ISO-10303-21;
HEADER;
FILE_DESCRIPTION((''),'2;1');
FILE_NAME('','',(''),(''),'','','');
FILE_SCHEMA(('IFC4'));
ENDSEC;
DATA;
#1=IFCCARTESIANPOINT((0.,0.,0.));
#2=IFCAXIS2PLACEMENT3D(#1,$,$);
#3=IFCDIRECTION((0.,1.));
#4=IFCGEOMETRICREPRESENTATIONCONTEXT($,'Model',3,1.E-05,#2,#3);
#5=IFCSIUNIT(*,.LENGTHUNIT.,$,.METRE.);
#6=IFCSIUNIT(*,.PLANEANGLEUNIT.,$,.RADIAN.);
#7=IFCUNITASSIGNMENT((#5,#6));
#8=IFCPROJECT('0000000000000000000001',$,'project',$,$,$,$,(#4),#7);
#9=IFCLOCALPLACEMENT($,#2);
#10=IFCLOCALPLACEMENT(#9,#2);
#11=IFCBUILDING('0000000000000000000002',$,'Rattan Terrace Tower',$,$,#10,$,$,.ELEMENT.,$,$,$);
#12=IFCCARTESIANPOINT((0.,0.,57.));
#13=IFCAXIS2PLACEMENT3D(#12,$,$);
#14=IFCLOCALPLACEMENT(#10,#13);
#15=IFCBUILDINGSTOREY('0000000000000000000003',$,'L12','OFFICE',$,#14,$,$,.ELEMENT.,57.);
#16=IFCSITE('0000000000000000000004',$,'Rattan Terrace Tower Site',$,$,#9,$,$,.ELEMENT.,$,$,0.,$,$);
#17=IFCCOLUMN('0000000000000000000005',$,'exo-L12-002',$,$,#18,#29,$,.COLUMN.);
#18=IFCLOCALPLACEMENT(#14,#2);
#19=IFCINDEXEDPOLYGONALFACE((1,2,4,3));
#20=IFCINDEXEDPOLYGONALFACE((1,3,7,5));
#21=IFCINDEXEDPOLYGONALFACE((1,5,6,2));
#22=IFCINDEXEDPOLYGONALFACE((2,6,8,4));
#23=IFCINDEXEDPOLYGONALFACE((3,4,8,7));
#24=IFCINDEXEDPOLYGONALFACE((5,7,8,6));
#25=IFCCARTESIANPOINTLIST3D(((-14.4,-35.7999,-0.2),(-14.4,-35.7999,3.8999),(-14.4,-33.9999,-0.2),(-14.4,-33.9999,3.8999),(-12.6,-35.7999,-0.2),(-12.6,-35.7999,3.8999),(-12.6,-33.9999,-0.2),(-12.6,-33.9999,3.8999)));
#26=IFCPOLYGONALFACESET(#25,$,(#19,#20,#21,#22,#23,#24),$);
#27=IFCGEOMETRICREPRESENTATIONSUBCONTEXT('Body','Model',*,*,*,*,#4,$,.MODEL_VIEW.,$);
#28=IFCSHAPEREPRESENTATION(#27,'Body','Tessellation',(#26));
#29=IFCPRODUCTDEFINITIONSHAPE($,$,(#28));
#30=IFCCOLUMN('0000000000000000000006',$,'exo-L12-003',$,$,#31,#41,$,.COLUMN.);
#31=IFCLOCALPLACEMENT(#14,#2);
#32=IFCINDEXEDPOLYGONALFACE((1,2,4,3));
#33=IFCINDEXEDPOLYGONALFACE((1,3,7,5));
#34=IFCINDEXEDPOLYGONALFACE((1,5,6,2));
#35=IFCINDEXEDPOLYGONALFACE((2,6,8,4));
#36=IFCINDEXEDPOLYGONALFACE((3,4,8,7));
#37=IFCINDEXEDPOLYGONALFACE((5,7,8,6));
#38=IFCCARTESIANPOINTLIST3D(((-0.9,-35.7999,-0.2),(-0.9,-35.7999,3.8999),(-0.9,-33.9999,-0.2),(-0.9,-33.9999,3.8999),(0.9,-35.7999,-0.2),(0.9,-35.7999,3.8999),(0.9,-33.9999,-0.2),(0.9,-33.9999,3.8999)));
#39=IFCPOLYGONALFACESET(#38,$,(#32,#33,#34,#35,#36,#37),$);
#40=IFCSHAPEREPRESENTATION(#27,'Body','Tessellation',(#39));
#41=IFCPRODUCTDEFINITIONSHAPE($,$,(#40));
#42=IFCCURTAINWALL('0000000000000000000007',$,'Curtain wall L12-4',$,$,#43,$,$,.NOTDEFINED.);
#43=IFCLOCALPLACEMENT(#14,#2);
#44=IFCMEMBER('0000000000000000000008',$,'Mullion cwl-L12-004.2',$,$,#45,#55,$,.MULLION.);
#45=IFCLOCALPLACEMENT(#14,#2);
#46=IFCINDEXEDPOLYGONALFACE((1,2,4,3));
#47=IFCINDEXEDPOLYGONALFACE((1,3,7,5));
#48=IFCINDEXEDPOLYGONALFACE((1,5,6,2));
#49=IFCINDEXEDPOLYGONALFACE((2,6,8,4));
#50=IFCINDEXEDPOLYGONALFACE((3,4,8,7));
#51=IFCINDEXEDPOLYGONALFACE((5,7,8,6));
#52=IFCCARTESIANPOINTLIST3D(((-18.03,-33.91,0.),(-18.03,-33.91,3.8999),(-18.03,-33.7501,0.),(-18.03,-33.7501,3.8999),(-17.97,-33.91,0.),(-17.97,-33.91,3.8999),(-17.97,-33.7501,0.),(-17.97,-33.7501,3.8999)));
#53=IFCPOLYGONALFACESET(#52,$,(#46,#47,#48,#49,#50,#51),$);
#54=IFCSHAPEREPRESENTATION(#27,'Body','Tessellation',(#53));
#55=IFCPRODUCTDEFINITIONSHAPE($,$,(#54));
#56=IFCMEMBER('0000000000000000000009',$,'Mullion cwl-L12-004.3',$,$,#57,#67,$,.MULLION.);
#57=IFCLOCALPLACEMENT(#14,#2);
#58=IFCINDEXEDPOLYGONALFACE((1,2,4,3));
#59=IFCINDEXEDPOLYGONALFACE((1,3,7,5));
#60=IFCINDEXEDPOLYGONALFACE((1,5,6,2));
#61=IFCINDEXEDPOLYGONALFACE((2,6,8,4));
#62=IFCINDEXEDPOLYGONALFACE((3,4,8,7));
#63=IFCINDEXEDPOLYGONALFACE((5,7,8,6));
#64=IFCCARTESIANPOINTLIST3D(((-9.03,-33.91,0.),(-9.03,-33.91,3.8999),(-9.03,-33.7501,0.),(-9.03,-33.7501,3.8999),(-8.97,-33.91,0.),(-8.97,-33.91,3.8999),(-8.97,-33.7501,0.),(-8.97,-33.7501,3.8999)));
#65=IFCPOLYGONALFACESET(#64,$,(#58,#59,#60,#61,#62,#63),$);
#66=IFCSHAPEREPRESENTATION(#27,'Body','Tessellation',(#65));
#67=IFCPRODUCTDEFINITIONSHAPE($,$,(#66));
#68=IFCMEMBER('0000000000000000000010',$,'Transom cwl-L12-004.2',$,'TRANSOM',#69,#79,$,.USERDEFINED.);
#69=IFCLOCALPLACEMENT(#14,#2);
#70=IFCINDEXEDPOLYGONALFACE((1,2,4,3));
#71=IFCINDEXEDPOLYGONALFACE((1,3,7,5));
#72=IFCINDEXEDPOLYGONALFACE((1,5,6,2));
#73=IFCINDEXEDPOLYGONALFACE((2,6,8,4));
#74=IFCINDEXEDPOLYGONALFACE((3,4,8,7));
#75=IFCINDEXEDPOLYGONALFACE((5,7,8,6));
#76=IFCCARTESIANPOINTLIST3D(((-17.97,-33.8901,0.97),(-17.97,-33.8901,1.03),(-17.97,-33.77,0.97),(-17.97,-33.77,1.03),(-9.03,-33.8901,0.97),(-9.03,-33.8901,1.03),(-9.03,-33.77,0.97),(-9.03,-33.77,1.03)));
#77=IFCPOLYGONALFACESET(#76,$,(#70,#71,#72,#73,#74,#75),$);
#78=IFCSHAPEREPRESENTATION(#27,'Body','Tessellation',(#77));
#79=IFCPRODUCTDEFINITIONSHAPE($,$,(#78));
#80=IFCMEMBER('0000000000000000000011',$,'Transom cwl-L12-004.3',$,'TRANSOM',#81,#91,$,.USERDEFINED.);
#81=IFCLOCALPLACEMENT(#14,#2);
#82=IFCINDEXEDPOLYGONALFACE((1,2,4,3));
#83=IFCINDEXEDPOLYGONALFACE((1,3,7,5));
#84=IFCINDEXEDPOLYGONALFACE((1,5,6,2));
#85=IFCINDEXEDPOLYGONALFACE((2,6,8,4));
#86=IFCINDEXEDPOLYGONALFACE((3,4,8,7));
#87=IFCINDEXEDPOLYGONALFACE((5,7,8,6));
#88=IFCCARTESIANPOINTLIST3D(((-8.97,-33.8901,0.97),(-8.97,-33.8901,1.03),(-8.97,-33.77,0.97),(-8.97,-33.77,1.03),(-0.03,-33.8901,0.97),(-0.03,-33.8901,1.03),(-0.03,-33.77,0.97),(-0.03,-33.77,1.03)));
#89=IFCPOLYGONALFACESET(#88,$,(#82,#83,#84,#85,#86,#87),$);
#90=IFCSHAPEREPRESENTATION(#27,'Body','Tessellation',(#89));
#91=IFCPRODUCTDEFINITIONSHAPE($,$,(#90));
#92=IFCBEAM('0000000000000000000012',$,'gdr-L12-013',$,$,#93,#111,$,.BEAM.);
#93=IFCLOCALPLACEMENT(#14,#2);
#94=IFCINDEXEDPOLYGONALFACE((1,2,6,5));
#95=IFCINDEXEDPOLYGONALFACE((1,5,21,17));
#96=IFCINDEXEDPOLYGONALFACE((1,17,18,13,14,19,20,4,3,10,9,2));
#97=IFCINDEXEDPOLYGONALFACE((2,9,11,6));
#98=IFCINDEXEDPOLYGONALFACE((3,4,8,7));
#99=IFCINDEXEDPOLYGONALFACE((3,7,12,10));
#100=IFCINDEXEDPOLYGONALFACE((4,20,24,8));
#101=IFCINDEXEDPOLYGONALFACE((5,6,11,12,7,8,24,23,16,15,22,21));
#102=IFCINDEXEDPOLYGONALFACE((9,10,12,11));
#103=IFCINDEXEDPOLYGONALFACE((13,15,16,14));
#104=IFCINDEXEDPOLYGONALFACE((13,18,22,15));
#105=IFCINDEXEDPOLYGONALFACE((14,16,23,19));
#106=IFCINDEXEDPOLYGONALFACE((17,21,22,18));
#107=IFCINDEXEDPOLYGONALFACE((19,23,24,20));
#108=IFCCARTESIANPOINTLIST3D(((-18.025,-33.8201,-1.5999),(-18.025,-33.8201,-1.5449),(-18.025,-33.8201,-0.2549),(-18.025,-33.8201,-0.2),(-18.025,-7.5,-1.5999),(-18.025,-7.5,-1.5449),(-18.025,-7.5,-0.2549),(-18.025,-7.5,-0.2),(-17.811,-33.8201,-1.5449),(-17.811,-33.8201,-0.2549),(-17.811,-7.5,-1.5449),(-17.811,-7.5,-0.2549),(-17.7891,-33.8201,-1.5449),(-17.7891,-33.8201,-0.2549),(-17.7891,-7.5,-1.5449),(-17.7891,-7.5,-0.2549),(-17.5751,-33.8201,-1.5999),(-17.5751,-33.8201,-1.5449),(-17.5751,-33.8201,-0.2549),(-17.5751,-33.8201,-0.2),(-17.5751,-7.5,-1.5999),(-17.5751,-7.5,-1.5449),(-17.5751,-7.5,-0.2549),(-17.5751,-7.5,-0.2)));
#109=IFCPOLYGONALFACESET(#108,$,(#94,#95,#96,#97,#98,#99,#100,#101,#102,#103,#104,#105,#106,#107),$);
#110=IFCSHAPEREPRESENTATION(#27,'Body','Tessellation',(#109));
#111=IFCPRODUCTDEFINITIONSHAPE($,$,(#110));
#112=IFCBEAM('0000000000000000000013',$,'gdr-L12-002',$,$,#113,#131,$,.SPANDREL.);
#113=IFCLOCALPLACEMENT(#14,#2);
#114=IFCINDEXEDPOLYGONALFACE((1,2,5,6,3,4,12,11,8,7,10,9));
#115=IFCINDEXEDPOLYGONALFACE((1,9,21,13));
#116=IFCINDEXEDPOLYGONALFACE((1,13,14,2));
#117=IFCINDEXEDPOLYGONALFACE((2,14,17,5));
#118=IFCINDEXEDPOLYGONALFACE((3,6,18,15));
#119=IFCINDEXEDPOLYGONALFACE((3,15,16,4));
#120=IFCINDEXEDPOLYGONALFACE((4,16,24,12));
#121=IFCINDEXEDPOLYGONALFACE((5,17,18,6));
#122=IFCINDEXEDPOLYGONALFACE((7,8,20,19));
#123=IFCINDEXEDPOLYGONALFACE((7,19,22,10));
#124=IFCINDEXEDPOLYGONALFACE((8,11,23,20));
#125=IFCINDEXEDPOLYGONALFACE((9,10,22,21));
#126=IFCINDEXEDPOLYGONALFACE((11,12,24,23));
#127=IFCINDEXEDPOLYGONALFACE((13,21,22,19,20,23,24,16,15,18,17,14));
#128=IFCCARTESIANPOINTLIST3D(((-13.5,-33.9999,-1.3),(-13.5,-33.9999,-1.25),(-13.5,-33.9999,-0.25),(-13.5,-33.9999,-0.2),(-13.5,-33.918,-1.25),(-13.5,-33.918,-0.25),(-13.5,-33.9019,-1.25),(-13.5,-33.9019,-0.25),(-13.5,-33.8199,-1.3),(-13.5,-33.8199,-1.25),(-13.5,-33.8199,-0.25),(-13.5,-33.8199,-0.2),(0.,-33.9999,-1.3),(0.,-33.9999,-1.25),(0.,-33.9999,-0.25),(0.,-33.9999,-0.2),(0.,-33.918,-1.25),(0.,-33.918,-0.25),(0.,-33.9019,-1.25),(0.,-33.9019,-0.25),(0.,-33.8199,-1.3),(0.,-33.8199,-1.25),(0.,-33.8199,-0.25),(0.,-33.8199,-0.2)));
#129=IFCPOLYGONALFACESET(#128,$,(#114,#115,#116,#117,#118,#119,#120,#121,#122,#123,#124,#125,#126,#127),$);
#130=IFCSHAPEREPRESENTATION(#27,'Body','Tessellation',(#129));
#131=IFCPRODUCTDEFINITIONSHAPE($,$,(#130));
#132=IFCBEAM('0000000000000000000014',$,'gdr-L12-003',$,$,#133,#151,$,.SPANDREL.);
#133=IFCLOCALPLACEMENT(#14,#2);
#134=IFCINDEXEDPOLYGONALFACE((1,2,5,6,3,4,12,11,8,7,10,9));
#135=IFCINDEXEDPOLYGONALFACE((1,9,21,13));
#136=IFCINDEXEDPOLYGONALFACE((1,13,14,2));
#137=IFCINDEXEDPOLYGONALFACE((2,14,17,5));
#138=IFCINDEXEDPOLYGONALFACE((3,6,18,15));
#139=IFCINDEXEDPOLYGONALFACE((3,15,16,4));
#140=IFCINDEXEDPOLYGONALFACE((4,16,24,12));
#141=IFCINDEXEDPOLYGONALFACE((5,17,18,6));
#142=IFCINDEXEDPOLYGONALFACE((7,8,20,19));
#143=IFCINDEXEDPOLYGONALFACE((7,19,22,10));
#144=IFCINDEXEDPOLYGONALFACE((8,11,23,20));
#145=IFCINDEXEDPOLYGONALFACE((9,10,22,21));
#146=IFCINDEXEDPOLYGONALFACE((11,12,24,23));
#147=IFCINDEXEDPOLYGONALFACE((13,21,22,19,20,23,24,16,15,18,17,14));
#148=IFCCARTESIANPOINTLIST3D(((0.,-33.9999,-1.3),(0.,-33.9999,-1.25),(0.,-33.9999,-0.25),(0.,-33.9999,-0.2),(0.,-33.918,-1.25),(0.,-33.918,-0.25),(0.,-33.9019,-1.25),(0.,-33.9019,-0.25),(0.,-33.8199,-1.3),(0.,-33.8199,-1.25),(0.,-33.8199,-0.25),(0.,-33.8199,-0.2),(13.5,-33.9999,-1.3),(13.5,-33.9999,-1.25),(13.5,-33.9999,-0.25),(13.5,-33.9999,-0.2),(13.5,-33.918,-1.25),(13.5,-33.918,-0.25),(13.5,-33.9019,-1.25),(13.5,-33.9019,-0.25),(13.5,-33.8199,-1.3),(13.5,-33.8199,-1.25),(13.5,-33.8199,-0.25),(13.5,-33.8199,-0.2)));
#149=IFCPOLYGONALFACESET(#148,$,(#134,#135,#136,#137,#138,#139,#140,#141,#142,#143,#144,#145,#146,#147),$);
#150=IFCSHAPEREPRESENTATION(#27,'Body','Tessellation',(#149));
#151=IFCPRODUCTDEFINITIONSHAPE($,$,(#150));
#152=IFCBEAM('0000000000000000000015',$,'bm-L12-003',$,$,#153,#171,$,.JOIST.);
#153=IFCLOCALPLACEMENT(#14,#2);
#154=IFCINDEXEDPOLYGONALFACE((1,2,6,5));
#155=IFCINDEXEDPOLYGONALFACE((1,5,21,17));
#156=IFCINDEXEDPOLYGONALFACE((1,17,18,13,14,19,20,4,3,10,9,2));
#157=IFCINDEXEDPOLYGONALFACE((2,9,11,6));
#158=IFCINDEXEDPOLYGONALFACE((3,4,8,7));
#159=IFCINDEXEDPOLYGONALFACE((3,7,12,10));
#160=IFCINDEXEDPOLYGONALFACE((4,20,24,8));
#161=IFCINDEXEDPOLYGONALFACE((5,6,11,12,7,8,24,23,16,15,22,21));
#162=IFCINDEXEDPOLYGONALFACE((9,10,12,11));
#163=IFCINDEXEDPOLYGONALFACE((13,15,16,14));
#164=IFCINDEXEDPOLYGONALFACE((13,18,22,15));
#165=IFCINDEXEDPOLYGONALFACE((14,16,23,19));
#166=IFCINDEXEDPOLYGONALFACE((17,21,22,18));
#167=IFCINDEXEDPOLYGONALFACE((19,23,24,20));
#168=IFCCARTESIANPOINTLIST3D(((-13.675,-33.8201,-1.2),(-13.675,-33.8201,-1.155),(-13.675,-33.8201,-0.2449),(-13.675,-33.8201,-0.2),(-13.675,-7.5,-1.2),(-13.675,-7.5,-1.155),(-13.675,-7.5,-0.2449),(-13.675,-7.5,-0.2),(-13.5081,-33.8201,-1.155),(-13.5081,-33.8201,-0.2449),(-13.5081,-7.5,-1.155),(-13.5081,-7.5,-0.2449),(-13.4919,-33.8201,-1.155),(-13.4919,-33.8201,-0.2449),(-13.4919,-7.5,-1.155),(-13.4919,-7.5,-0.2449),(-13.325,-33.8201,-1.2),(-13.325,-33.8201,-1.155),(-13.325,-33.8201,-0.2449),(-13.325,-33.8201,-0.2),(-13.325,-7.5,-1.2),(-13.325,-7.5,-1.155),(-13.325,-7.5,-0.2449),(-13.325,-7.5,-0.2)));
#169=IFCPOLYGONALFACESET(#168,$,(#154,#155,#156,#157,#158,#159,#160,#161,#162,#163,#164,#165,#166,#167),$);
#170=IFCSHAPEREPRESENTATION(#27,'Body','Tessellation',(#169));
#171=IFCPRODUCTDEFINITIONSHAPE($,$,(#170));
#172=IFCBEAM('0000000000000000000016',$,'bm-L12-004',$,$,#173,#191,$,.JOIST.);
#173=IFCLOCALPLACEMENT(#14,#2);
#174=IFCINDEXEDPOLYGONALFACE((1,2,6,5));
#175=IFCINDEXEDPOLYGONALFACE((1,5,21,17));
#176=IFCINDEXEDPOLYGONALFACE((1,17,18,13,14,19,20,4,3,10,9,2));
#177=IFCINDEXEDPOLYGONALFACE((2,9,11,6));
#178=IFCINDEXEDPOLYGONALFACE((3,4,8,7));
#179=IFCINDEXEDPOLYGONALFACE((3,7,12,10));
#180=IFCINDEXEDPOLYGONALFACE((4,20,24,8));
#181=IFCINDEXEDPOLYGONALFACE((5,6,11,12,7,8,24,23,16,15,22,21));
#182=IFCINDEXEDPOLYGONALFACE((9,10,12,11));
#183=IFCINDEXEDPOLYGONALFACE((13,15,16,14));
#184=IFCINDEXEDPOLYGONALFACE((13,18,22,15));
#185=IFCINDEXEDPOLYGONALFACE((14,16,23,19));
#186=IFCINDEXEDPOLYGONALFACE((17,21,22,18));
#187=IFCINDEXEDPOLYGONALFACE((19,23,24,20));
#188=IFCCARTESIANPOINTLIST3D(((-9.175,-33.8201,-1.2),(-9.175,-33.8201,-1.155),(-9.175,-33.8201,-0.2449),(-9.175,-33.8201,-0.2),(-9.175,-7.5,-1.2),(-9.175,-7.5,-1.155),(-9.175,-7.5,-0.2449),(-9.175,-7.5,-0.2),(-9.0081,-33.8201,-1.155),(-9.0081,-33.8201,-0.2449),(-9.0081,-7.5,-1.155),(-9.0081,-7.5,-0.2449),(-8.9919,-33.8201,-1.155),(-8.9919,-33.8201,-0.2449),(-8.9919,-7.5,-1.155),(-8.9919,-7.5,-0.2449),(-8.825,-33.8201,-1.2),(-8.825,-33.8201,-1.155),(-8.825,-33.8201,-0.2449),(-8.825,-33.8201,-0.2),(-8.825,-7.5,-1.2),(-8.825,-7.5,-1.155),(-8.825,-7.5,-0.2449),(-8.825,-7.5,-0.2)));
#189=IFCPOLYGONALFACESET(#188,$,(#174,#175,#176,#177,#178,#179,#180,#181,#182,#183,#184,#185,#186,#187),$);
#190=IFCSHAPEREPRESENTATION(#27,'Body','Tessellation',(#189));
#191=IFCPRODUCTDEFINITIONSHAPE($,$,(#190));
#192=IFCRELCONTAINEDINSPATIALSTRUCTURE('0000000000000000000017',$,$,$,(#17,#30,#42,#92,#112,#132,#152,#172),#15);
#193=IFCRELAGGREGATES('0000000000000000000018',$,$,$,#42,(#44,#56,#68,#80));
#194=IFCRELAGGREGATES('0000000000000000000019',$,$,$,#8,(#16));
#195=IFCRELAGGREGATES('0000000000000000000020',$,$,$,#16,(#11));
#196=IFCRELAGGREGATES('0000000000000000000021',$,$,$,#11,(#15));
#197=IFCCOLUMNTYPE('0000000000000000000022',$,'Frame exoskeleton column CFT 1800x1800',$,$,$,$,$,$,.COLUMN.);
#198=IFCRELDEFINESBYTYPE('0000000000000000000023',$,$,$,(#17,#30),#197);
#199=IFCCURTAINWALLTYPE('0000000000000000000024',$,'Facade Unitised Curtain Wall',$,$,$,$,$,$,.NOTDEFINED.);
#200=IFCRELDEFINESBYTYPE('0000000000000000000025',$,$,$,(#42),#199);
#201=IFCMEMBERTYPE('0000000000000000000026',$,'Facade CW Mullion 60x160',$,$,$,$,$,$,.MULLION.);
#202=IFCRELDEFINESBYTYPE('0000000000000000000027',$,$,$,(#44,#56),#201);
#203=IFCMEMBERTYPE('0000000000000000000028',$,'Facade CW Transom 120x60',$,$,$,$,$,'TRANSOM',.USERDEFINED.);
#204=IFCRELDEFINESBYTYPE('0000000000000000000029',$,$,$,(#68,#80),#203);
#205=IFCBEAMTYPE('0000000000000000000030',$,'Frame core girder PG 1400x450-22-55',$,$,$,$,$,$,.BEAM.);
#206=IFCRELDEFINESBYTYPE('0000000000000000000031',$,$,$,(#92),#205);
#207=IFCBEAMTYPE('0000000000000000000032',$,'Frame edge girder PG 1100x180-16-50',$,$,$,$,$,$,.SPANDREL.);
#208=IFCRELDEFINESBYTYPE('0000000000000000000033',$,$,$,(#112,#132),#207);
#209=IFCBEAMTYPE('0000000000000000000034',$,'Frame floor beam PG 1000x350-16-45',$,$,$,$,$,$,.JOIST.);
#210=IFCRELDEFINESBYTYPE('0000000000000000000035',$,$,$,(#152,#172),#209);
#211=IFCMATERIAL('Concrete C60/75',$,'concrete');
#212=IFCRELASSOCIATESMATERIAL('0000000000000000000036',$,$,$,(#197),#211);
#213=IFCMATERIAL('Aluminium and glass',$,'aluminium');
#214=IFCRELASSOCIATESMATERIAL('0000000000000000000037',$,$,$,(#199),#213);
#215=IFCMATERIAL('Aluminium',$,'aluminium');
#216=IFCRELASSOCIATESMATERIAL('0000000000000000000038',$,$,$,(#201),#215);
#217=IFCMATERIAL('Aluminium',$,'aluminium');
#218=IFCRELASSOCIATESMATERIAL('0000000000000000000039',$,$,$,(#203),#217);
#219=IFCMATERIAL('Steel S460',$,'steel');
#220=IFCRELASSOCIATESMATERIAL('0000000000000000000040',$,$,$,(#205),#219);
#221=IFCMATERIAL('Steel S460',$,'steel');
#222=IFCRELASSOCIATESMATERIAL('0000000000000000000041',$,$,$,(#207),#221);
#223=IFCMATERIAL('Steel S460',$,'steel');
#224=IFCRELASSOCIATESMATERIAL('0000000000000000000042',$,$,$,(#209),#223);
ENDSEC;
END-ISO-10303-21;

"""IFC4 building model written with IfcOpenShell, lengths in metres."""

from ifc_helpers import new_model, si_unit, direction, frame, origin, origin_2d, place, context, subcontext, project, spatial, rectangle, i_section, extrude, material, material_profile, profile_set, type_object, element, aggregate, save


model = new_model("IFC4")

# Units and contexts
model_context = context("Model", 3, precision=1e-05, world=origin(), true_north=direction((0.0, 1.0)))
body_context = subcontext(model_context, "Body", "Model", "MODEL_VIEW")
ifc_project = project(units=[si_unit("LENGTHUNIT", "METRE"), si_unit("PLANEANGLEUNIT", "RADIAN")], contexts=[model_context])

# Site, building, storey
site_placement = place(None, origin())
site = spatial("IfcSite", under=ifc_project, at=site_placement, Name="Rattan Terrace Tower Site", CompositionType="ELEMENT", RefElevation=0.0)
building_placement = place(site_placement, origin())
building = spatial("IfcBuilding", under=site, at=building_placement, Name="Rattan Terrace Tower", CompositionType="ELEMENT")
storey_placement = place(building_placement, frame((0.0, 0.0, 57.0)))
storey = spatial("IfcBuildingStorey", under=building, at=storey_placement, Name="L12", Description="OFFICE", CompositionType="ELEMENT", Elevation=57.0)

# Columns
ifc_material_1 = material(Name="Concrete C60/75", Category="concrete")
ifc_material_profile_1 = material_profile(ifc_material_1, rectangle(XDim=1.8, YDim=1.8, at=origin_2d()), Name="CFT 1800x1800")
ifc_profile_set_1 = profile_set([ifc_material_profile_1], Name="Concrete C60/75")
column_type = type_object("IfcColumnType", Name="Frame exoskeleton column CFT 1800x1800", PredefinedType="COLUMN", material=ifc_profile_set_1)
for number, where, z_axis, x_axis, name in (
    (1, (-13.5, -34.8999, -0.2), (0.0, 0.0, 1.0), (1.0, 0.0, 0.0), "exo-L12-002"),
    (2, (0.0, -34.8999, -0.2), (0.0, 0.0, 1.0), (1.0, 0.0, 0.0), "exo-L12-003"),
):
    element("IfcColumn", number, at=place(storey_placement, frame(where, z_axis=z_axis, x_axis=x_axis)), inside=storey, type_object=column_type, Name=name, PredefinedType="COLUMN", context=body_context, shape_type="SweptSolid", body=[
        extrude(rectangle(XDim=1.8, YDim=1.8, at=origin_2d()), origin(), (0.0, 0.0, 1.0), 4.0999),
    ])

# Curtain wall, members
ifc_material_2 = material(Name="Aluminium and glass", Category="aluminium")
curtain_wall_type = type_object("IfcCurtainWallType", Name="Facade Unitised Curtain Wall", PredefinedType="NOTDEFINED", material=ifc_material_2)
curtain_wall_placement = place(storey_placement, origin())
curtain_wall = element("IfcCurtainWall", 3, at=curtain_wall_placement, inside=storey, type_object=curtain_wall_type, Name="Curtain wall L12-4", PredefinedType="NOTDEFINED")
ifc_material_3 = material(Name="Aluminium", Category="aluminium")
ifc_material_profile_2 = material_profile(ifc_material_3, rectangle(XDim=0.0601, YDim=0.1599, at=origin_2d()), Name="Aluminium 60x160")
ifc_profile_set_2 = profile_set([ifc_material_profile_2], Name="Aluminium")
member_type_1 = type_object("IfcMemberType", Name="Facade CW Mullion 60x160", PredefinedType="MULLION", material=ifc_profile_set_2)
member_1_placement = place(storey_placement, frame((-18.0, -33.8301, 0.0), z_axis=(0.0, 0.0, 1.0), x_axis=(1.0, 0.0, 0.0)))
member_1 = element("IfcMember", 4, at=member_1_placement, type_object=member_type_1, Name="Mullion cwl-L12-004.2", PredefinedType="MULLION", context=body_context, shape_type="SweptSolid", body=[
    extrude(rectangle(XDim=0.0601, YDim=0.1599, at=origin_2d()), origin(), (0.0, 0.0, 1.0), 3.8999),
])
member_2_placement = place(storey_placement, frame((-9.0, -33.8301, 0.0), z_axis=(0.0, 0.0, 1.0), x_axis=(1.0, 0.0, 0.0)))
member_2 = element("IfcMember", 5, at=member_2_placement, type_object=member_type_1, Name="Mullion cwl-L12-004.3", PredefinedType="MULLION", context=body_context, shape_type="SweptSolid", body=[
    extrude(rectangle(XDim=0.0601, YDim=0.1599, at=origin_2d()), origin(), (0.0, 0.0, 1.0), 3.8999),
])
ifc_material_4 = material(Name="Aluminium", Category="aluminium")
ifc_material_profile_3 = material_profile(ifc_material_4, rectangle(XDim=0.1201, YDim=0.0601, at=origin_2d()), Name="Aluminium 120x60")
ifc_profile_set_3 = profile_set([ifc_material_profile_3], Name="Aluminium")
member_type_2 = type_object("IfcMemberType", Name="Facade CW Transom 120x60", ElementType="TRANSOM", PredefinedType="USERDEFINED", material=ifc_profile_set_3)
member_3_placement = place(storey_placement, frame((-17.97, -33.8301, 1.0), z_axis=(1.0, 0.0, 0.0), x_axis=(0.0, 1.0, 0.0)))
member_3 = element("IfcMember", 6, at=member_3_placement, type_object=member_type_2, Name="Transom cwl-L12-004.2", ObjectType="TRANSOM", PredefinedType="USERDEFINED", context=body_context, shape_type="SweptSolid", body=[
    extrude(rectangle(XDim=0.1201, YDim=0.0601, at=origin_2d()), origin(), (0.0, 0.0, 1.0), 8.9399),
])
member_4_placement = place(storey_placement, frame((-8.97, -33.8301, 1.0), z_axis=(1.0, 0.0, 0.0), x_axis=(0.0, 1.0, 0.0)))
member_4 = element("IfcMember", 7, at=member_4_placement, type_object=member_type_2, Name="Transom cwl-L12-004.3", ObjectType="TRANSOM", PredefinedType="USERDEFINED", context=body_context, shape_type="SweptSolid", body=[
    extrude(rectangle(XDim=0.1201, YDim=0.0601, at=origin_2d()), origin(), (0.0, 0.0, 1.0), 8.9399),
])

# Beams
ifc_material_5 = material(Name="Steel S460", Category="steel")
ifc_material_profile_4 = material_profile(ifc_material_5, i_section(OverallWidth=0.45, OverallDepth=1.3999, WebThickness=0.022, FlangeThickness=0.0549, at=origin_2d()), Name="PG 1400x450-22-55")
ifc_profile_set_4 = profile_set([ifc_material_profile_4], Name="Steel S460")
beam_type_1 = type_object("IfcBeamType", Name="Frame core girder PG 1400x450-22-55", PredefinedType="BEAM", material=ifc_profile_set_4)
beam_placement = place(storey_placement, frame((-17.8, -33.8201, -0.8999), z_axis=(0.0, 1.0, 0.0), x_axis=(-1.0, 0.0, 0.0)))
element("IfcBeam", 8, at=beam_placement, inside=storey, type_object=beam_type_1, Name="gdr-L12-013", PredefinedType="BEAM", context=body_context, shape_type="SweptSolid", body=[
    extrude(i_section(OverallWidth=0.45, OverallDepth=1.3999, WebThickness=0.022, FlangeThickness=0.0549, at=origin_2d()), origin(), (0.0, 0.0, 1.0), 26.3201),
])
ifc_material_6 = material(Name="Steel S460", Category="steel")
ifc_material_profile_5 = material_profile(ifc_material_6, i_section(OverallWidth=0.1799, OverallDepth=1.1001, WebThickness=0.0161, FlangeThickness=0.05, at=origin_2d()), Name="PG 1100x180-16-50")
ifc_profile_set_5 = profile_set([ifc_material_profile_5], Name="Steel S460")
beam_type_2 = type_object("IfcBeamType", Name="Frame edge girder PG 1100x180-16-50", PredefinedType="SPANDREL", material=ifc_profile_set_5)
for number, where, z_axis, x_axis, name in (
    (9, (-13.5, -33.9099, -0.75), (1.0, 0.0, 0.0), (0.0, 1.0, 0.0), "gdr-L12-002"),
    (10, (0.0, -33.9099, -0.75), (1.0, 0.0, 0.0), (0.0, 1.0, 0.0), "gdr-L12-003"),
):
    element("IfcBeam", number, at=place(storey_placement, frame(where, z_axis=z_axis, x_axis=x_axis)), inside=storey, type_object=beam_type_2, Name=name, PredefinedType="SPANDREL", context=body_context, shape_type="SweptSolid", body=[
        extrude(i_section(OverallWidth=0.1799, OverallDepth=1.1001, WebThickness=0.0161, FlangeThickness=0.05, at=origin_2d()), origin(), (0.0, 0.0, 1.0), 13.5),
    ])
ifc_material_7 = material(Name="Steel S460", Category="steel")
ifc_material_profile_6 = material_profile(ifc_material_7, i_section(OverallWidth=0.3501, OverallDepth=1.0, WebThickness=0.0161, FlangeThickness=0.0449, at=origin_2d()), Name="PG 1000x350-16-45")
ifc_profile_set_6 = profile_set([ifc_material_profile_6], Name="Steel S460")
beam_type_3 = type_object("IfcBeamType", Name="Frame floor beam PG 1000x350-16-45", PredefinedType="JOIST", material=ifc_profile_set_6)
for number, where, z_axis, x_axis, name in (
    (11, (-13.5, -33.8201, -0.7), (0.0, 1.0, 0.0), (-1.0, 0.0, 0.0), "bm-L12-003"),
    (12, (-9.0, -33.8201, -0.7), (0.0, 1.0, 0.0), (-1.0, 0.0, 0.0), "bm-L12-004"),
):
    element("IfcBeam", number, at=place(storey_placement, frame(where, z_axis=z_axis, x_axis=x_axis)), inside=storey, type_object=beam_type_3, Name=name, PredefinedType="JOIST", context=body_context, shape_type="SweptSolid", body=[
        extrude(i_section(OverallWidth=0.3501, OverallDepth=1.0, WebThickness=0.0161, FlangeThickness=0.0449, at=origin_2d()), origin(), (0.0, 0.0, 1.0), 26.3201),
    ])

aggregate(curtain_wall, [member_1, member_2, member_3, member_4])

save(model, "model.ifc")
